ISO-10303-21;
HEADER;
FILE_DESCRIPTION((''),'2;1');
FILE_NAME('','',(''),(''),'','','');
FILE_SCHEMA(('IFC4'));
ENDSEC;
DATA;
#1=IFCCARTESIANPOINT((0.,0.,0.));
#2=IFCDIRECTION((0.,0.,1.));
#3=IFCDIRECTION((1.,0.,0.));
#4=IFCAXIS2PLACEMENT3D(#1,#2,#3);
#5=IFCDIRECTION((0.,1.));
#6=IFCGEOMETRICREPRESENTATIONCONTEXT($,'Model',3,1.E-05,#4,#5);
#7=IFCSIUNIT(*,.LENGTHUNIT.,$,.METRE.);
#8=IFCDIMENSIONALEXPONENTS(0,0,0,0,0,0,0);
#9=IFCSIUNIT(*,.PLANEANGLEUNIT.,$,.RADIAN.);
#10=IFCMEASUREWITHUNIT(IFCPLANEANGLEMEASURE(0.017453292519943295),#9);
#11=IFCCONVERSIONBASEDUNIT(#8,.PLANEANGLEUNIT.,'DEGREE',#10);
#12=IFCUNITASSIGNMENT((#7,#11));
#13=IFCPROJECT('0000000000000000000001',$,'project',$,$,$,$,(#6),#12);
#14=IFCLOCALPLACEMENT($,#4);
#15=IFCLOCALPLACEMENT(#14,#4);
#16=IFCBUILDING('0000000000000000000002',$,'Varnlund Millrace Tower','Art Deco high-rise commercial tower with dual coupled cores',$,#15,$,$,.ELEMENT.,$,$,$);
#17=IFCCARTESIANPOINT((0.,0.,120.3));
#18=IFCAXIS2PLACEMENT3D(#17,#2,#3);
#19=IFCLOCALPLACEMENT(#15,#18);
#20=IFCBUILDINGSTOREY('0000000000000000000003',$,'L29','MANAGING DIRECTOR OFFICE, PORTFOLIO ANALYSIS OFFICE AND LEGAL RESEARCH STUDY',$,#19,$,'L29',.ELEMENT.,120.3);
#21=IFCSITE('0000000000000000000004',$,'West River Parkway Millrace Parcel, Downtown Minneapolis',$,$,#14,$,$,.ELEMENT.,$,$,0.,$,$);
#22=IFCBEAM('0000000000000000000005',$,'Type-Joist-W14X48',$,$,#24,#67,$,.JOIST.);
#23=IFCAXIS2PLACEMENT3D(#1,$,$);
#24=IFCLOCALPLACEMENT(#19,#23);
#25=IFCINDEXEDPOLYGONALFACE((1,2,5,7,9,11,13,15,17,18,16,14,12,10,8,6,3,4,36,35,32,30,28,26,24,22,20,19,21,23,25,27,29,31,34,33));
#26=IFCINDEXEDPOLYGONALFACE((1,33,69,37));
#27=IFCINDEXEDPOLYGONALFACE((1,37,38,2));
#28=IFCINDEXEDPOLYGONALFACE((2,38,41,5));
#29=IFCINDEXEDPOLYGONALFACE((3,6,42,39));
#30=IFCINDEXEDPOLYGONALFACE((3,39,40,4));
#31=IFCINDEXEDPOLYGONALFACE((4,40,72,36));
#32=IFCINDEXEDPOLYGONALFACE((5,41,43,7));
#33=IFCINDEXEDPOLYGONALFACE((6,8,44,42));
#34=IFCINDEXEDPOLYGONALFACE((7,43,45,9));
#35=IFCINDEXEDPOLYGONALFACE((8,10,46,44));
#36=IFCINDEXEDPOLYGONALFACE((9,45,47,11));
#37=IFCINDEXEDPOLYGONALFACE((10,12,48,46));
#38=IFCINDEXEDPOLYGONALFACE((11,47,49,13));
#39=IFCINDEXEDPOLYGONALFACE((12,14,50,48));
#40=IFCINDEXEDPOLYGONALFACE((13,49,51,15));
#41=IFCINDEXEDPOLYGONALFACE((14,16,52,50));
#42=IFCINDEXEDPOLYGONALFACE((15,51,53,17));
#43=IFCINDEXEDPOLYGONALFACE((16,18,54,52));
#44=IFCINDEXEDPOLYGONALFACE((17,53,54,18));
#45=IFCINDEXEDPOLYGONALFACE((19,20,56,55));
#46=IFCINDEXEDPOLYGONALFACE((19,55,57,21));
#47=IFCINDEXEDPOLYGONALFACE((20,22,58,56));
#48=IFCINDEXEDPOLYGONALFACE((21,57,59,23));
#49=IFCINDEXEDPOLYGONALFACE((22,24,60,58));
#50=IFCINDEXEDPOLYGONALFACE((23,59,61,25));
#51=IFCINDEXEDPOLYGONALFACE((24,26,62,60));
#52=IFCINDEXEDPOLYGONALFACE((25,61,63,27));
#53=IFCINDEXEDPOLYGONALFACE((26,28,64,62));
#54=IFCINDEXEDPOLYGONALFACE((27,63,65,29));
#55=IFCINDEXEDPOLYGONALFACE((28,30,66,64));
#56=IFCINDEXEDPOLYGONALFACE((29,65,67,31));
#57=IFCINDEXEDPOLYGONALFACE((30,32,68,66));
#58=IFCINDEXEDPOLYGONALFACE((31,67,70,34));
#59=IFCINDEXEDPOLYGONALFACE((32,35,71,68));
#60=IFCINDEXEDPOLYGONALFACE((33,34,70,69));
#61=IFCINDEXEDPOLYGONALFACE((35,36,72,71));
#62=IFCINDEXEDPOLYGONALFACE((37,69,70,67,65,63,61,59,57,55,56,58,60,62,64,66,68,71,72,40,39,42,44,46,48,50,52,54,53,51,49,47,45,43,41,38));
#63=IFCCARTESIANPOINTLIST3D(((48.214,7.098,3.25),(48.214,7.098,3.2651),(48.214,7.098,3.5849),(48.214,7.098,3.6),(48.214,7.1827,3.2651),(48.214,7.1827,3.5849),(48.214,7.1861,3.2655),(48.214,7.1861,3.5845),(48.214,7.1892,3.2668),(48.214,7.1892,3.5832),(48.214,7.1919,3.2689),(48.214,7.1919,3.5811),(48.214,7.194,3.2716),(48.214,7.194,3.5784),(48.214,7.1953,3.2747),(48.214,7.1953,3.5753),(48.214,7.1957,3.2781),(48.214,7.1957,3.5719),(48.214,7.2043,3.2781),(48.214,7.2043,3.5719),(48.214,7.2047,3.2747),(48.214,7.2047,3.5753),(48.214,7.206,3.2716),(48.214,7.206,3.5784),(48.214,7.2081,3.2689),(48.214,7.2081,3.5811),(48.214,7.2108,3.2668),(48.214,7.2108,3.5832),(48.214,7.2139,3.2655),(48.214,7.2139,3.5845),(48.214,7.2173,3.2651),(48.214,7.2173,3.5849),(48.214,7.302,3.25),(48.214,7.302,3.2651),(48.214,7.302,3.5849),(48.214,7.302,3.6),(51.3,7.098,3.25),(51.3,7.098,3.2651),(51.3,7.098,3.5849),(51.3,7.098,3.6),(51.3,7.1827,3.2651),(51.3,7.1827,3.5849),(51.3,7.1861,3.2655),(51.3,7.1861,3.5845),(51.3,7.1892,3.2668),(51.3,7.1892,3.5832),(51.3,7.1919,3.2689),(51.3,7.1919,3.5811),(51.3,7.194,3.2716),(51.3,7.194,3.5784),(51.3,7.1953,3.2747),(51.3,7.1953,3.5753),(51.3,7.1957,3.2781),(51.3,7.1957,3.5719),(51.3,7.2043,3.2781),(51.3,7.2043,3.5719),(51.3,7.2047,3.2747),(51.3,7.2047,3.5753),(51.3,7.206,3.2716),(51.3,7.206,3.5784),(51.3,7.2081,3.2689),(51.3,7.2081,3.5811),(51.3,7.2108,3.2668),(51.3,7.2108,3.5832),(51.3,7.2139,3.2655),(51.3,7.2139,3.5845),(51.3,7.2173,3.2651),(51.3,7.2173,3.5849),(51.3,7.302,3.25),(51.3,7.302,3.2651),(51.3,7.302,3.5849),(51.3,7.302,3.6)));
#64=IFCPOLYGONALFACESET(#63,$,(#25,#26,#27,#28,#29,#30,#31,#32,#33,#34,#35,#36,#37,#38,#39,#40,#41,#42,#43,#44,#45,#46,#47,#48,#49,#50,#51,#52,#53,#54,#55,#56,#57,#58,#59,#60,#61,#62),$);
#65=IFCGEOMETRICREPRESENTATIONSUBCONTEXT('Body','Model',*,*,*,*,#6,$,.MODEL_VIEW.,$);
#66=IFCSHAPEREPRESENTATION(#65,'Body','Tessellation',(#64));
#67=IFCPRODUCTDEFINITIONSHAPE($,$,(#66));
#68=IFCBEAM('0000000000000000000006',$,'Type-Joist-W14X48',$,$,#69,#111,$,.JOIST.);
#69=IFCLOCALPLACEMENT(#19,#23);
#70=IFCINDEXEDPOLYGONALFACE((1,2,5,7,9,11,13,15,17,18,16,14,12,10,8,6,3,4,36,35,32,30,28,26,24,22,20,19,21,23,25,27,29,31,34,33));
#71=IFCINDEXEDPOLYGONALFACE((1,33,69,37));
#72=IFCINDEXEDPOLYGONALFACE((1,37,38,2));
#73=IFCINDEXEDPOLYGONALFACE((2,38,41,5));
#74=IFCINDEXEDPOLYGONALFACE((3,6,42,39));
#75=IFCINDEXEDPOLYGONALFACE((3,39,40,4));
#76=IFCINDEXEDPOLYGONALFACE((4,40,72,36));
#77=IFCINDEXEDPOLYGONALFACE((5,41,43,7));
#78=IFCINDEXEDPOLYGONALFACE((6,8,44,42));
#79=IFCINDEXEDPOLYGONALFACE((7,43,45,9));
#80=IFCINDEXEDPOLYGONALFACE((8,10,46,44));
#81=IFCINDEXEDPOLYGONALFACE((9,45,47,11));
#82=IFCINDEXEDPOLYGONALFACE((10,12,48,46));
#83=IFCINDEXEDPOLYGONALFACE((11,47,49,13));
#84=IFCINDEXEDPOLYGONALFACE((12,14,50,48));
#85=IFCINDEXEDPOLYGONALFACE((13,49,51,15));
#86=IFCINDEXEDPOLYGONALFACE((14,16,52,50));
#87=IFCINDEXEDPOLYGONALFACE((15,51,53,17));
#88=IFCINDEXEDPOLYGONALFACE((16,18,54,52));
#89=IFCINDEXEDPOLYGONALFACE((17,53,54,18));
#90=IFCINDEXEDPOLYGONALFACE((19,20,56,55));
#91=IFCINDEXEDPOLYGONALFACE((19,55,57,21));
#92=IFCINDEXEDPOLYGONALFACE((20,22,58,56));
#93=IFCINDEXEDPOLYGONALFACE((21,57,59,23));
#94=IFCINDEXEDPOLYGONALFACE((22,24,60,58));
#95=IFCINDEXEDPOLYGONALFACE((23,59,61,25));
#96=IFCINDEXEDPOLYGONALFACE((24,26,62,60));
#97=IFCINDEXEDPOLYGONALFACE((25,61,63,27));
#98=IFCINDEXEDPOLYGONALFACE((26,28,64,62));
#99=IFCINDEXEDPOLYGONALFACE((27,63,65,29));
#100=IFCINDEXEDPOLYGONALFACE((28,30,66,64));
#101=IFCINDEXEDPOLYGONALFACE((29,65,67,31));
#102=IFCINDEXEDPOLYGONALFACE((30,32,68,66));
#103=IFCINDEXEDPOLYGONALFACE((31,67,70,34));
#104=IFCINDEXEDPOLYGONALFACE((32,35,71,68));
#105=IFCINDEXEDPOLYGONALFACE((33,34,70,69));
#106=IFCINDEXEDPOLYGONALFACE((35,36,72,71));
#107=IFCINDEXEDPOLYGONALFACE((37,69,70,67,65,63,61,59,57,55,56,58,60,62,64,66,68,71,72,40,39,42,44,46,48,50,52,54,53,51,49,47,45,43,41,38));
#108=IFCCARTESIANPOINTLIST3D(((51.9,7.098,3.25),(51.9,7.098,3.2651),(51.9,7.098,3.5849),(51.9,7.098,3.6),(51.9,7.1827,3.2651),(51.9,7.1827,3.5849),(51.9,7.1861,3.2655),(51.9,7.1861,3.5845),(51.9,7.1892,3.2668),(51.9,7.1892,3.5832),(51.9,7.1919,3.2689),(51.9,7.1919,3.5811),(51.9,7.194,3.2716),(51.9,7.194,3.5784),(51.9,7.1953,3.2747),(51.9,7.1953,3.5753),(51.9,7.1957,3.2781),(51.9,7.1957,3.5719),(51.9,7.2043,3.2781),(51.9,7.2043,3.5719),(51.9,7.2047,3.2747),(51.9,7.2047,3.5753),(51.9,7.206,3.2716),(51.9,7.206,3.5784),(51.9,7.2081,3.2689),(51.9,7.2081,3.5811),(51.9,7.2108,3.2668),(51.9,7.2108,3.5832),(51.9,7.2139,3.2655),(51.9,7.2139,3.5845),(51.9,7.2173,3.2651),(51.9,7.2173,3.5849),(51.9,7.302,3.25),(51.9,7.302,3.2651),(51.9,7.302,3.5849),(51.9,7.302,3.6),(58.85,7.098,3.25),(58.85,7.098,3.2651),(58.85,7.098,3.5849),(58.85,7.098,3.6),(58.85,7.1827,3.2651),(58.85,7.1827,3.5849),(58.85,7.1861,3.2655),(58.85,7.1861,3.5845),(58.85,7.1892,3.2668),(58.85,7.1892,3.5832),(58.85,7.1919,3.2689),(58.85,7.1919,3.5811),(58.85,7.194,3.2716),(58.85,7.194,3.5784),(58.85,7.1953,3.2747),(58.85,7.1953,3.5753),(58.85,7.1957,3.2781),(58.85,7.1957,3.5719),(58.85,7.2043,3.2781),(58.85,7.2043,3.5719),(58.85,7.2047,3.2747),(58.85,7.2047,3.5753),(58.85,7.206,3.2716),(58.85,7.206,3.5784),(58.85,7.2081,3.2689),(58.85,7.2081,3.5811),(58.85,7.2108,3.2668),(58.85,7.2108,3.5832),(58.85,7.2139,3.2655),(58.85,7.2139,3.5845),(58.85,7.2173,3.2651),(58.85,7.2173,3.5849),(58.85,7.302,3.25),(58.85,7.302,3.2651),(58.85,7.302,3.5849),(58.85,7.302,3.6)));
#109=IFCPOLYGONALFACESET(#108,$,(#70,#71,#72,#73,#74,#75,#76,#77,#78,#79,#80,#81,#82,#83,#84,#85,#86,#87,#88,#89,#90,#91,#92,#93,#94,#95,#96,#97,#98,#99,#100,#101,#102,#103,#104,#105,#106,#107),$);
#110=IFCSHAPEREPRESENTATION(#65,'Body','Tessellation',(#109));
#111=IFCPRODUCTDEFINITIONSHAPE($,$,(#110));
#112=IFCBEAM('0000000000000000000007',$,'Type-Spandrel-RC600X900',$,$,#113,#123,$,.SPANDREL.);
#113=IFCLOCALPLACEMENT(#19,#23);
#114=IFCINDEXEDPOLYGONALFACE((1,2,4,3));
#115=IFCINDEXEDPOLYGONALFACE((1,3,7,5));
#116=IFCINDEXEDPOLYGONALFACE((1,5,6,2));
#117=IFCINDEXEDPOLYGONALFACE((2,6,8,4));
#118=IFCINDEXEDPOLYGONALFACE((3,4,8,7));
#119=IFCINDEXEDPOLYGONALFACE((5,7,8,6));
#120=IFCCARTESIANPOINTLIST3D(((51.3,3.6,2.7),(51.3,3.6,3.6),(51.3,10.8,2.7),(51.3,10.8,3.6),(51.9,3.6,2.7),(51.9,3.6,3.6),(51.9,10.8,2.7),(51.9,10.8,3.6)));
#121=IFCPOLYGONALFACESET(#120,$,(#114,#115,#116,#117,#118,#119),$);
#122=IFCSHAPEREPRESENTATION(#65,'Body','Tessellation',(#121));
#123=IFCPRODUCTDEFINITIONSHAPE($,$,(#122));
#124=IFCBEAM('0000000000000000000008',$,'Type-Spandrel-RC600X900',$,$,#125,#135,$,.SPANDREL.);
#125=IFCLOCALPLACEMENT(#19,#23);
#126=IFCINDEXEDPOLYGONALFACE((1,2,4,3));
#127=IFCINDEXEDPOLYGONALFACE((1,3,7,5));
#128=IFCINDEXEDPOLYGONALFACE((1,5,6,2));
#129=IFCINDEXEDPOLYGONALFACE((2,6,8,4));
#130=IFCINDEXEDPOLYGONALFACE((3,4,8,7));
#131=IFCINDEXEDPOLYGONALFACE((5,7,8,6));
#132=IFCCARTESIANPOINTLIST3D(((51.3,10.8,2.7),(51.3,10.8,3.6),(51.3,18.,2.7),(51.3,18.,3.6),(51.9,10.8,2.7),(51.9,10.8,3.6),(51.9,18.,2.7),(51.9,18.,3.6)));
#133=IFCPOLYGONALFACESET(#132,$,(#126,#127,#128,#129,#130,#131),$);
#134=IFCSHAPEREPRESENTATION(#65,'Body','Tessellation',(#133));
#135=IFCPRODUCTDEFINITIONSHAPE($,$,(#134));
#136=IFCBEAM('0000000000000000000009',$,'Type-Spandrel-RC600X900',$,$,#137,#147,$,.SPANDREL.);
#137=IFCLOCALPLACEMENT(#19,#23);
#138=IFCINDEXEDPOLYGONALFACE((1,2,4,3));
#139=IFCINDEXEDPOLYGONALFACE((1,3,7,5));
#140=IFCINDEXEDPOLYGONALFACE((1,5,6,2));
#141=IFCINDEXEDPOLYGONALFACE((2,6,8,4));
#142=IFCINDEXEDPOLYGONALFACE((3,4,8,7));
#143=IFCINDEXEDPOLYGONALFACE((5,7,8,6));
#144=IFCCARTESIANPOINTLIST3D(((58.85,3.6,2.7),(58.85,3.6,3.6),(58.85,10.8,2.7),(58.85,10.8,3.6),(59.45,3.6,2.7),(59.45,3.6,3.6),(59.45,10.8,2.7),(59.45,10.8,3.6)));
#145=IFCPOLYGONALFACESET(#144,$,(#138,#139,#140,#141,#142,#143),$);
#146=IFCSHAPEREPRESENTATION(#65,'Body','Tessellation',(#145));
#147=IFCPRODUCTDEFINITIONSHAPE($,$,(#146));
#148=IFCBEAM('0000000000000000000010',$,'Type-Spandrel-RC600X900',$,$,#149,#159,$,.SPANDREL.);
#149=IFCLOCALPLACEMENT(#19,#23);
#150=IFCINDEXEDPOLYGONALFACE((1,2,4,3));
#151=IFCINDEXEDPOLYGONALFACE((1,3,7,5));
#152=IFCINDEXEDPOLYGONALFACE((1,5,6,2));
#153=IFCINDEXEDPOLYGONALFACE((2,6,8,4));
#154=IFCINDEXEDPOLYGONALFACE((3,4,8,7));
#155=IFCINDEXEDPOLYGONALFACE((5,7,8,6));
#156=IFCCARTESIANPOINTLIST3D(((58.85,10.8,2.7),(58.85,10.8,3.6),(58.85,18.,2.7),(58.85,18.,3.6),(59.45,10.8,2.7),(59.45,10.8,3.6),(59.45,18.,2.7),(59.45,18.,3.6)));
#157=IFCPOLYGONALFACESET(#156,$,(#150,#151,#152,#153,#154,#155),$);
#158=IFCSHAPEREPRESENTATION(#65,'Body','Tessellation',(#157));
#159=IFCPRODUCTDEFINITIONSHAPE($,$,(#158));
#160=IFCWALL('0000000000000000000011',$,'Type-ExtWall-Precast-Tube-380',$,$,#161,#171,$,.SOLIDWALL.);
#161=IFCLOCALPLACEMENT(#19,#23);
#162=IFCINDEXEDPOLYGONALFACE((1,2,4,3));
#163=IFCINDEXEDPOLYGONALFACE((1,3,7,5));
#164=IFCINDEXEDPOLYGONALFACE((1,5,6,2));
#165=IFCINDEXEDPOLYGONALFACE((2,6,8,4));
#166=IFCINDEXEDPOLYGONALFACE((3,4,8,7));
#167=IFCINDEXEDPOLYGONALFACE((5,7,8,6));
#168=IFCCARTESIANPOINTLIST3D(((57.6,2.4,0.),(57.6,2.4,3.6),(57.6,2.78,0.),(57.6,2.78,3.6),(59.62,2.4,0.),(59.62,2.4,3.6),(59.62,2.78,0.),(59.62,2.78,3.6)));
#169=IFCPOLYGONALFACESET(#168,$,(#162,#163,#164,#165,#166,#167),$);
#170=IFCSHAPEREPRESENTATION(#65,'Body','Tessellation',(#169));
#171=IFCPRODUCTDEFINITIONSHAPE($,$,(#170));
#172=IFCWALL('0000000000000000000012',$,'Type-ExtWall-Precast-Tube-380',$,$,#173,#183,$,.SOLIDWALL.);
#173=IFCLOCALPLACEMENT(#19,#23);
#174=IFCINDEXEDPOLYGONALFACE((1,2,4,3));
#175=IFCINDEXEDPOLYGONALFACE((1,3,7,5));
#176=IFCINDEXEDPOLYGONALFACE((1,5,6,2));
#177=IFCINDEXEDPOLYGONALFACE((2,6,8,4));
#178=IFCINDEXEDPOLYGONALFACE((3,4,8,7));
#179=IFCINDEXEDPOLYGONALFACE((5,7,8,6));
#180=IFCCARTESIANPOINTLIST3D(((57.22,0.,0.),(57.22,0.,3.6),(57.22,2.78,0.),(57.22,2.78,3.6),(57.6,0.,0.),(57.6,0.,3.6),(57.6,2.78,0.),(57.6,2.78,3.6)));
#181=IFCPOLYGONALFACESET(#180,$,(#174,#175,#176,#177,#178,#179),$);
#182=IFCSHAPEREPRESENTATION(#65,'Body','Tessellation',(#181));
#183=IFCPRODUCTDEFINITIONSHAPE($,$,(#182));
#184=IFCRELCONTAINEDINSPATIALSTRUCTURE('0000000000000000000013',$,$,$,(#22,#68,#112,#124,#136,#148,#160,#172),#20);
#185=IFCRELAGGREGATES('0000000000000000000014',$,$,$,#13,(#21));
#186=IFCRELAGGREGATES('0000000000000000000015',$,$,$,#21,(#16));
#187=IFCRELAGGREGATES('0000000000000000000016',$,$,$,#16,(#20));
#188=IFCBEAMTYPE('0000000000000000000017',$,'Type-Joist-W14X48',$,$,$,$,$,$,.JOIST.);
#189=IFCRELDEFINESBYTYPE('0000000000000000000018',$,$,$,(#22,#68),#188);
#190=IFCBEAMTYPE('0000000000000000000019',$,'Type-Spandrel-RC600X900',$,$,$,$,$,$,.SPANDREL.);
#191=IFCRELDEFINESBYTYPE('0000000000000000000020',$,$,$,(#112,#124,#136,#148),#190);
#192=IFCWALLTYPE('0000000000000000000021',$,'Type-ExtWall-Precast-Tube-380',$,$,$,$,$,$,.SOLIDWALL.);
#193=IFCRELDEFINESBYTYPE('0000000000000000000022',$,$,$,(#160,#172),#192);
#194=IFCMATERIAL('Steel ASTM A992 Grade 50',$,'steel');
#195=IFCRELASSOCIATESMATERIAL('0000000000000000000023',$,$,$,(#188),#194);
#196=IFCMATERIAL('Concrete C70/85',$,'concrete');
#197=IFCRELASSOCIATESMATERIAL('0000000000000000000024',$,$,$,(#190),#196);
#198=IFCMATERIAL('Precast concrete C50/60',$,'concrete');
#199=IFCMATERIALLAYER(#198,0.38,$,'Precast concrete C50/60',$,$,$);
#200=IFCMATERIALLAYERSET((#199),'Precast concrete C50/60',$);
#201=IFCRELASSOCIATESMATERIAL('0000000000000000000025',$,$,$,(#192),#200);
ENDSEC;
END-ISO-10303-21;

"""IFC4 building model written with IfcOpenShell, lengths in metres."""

from ifc_helpers import new_model, entity, si_unit, converted_unit, direction, frame, origin_with_axes, origin_2d_with_axis, place, context, subcontext, project, spatial, polyline, rectangle, i_section, outline, extrude, material, layer, layer_set, material_profile, profile_set, type_object, element, save


model = new_model("IFC4")

# Units and contexts
model_context = context("Model", 3, precision=1e-05, world=origin_with_axes(), true_north=direction((0.0, 1.0)))
body_context = subcontext(model_context, "Body", "Model", "MODEL_VIEW")
ifc_project = project(units=[si_unit("LENGTHUNIT", "METRE"), converted_unit("PLANEANGLEUNIT", "DEGREE", entity("IfcPlaneAngleMeasure", 0.017453292519943295), si_unit("PLANEANGLEUNIT", "RADIAN"), dimensions=[0, 0, 0, 0, 0, 0, 0])], contexts=[model_context])

# Site, building, storey
site_placement = place(None, origin_with_axes())
site = spatial("IfcSite", under=ifc_project, at=site_placement, Name="West River Parkway Millrace Parcel, Downtown Minneapolis", CompositionType="ELEMENT", RefElevation=0.0)
building_placement = place(site_placement, origin_with_axes())
building = spatial("IfcBuilding", under=site, at=building_placement, Name="Varnlund Millrace Tower", Description="Art Deco high-rise commercial tower with dual coupled cores", CompositionType="ELEMENT")
storey_placement = place(building_placement, frame((0.0, 0.0, 120.3), z_axis=(0.0, 0.0, 1.0), x_axis=(1.0, 0.0, 0.0)))
storey = spatial("IfcBuildingStorey", under=building, at=storey_placement, Name="L29", Description="MANAGING DIRECTOR OFFICE, PORTFOLIO ANALYSIS OFFICE AND LEGAL RESEARCH STUDY", LongName="L29", CompositionType="ELEMENT", Elevation=120.3)

# Beams
ifc_material_1 = material(Name="Steel ASTM A992 Grade 50", Category="steel")
ifc_material_profile_1 = material_profile(ifc_material_1, i_section(OverallWidth=0.204, OverallDepth=0.35, WebThickness=0.0086, FlangeThickness=0.0151, FilletRadius=0.013, at=origin_2d_with_axis()), Name="Steel ASTM A992 Grade 50")
ifc_profile_set_1 = profile_set([ifc_material_profile_1], Name="Steel ASTM A992 Grade 50")
beam_type_1 = type_object("IfcBeamType", Name="Type-Joist-W14X48", PredefinedType="JOIST", material=ifc_profile_set_1)
beam_1_placement = place(storey_placement, frame((48.214, 7.2, 3.425), z_axis=(1.0, 0.0, 0.0), x_axis=(0.0, 1.0, 0.0)))
element("IfcBeam", 1, at=beam_1_placement, inside=storey, type_object=beam_type_1, Name="Type-Joist-W14X48", PredefinedType="JOIST", context=body_context, shape_type="SweptSolid", body=[
    extrude(i_section(OverallWidth=0.204, OverallDepth=0.35, WebThickness=0.0086, FlangeThickness=0.0151, FilletRadius=0.013, at=origin_2d_with_axis()), origin_with_axes(), (0.0, 0.0, 1.0), 3.086),
])
beam_2_placement = place(storey_placement, frame((51.9, 7.2, 3.425), z_axis=(1.0, 0.0, 0.0), x_axis=(0.0, 1.0, 0.0)))
element("IfcBeam", 2, at=beam_2_placement, inside=storey, type_object=beam_type_1, Name="Type-Joist-W14X48", PredefinedType="JOIST", context=body_context, shape_type="SweptSolid", body=[
    extrude(i_section(OverallWidth=0.204, OverallDepth=0.35, WebThickness=0.0086, FlangeThickness=0.0151, FilletRadius=0.013, at=origin_2d_with_axis()), origin_with_axes(), (0.0, 0.0, 1.0), 6.95),
])
ifc_material_2 = material(Name="Concrete C70/85", Category="concrete")
ifc_material_profile_2 = material_profile(ifc_material_2, rectangle(XDim=0.6, YDim=0.9, at=origin_2d_with_axis()), Name="Concrete C70/85")
ifc_profile_set_2 = profile_set([ifc_material_profile_2], Name="Concrete C70/85")
beam_type_2 = type_object("IfcBeamType", Name="Type-Spandrel-RC600X900", PredefinedType="SPANDREL", material=ifc_profile_set_2)
for number, where, z_axis, x_axis, name in (
    (3, (51.6, 3.6, 3.15), (0.0, 1.0, 0.0), (-1.0, 0.0, 0.0), "Type-Spandrel-RC600X900"),
    (4, (51.6, 10.8, 3.15), (0.0, 1.0, 0.0), (-1.0, 0.0, 0.0), "Type-Spandrel-RC600X900"),
    (5, (59.15, 3.6, 3.15), (0.0, 1.0, 0.0), (-1.0, 0.0, 0.0), "Type-Spandrel-RC600X900"),
    (6, (59.15, 10.8, 3.15), (0.0, 1.0, 0.0), (-1.0, 0.0, 0.0), "Type-Spandrel-RC600X900"),
):
    element("IfcBeam", number, at=place(storey_placement, frame(where, z_axis=z_axis, x_axis=x_axis)), inside=storey, type_object=beam_type_2, Name=name, PredefinedType="SPANDREL", context=body_context, shape_type="SweptSolid", body=[
        extrude(rectangle(XDim=0.6, YDim=0.9, at=origin_2d_with_axis()), origin_with_axes(), (0.0, 0.0, 1.0), 7.2),
    ])

# Walls
ifc_material_3 = material(Name="Precast concrete C50/60", Category="concrete")
ifc_layer_1 = layer(ifc_material_3, 0.38, Name="Precast concrete C50/60")
ifc_layer_set_1 = layer_set([ifc_layer_1], Name="Precast concrete C50/60")
wall_type_1 = type_object("IfcWallType", Name="Type-ExtWall-Precast-Tube-380", PredefinedType="SOLIDWALL", material=ifc_layer_set_1)
wall_1_placement = place(storey_placement, frame((59.62, 2.59, 0.0), z_axis=(0.0, 0.0, 1.0), x_axis=(-1.0, 0.0, 0.0)))
element("IfcWall", 7, at=wall_1_placement, inside=storey, type_object=wall_type_1, Name="Type-ExtWall-Precast-Tube-380", PredefinedType="SOLIDWALL", context=body_context, shape_type="SweptSolid", body=[
    extrude(outline(polyline([(0.0, -0.19), (2.02, -0.19), (2.02, 0.19), (0.0, 0.19), (0.0, -0.19)])), origin_with_axes(), (0.0, 0.0, 1.0), 3.6),
])
wall_2_placement = place(storey_placement, frame((57.41, 2.78, 0.0), z_axis=(0.0, 0.0, 1.0), x_axis=(0.0, -1.0, 0.0)))
element("IfcWall", 8, at=wall_2_placement, inside=storey, type_object=wall_type_1, Name="Type-ExtWall-Precast-Tube-380", PredefinedType="SOLIDWALL", context=body_context, shape_type="SweptSolid", body=[
    extrude(outline(polyline([(0.0, -0.19), (2.78, -0.19), (2.78, 0.19), (0.0, 0.19), (0.0, -0.19)])), origin_with_axes(), (0.0, 0.0, 1.0), 3.6),
])

save(model, "model.ifc")
